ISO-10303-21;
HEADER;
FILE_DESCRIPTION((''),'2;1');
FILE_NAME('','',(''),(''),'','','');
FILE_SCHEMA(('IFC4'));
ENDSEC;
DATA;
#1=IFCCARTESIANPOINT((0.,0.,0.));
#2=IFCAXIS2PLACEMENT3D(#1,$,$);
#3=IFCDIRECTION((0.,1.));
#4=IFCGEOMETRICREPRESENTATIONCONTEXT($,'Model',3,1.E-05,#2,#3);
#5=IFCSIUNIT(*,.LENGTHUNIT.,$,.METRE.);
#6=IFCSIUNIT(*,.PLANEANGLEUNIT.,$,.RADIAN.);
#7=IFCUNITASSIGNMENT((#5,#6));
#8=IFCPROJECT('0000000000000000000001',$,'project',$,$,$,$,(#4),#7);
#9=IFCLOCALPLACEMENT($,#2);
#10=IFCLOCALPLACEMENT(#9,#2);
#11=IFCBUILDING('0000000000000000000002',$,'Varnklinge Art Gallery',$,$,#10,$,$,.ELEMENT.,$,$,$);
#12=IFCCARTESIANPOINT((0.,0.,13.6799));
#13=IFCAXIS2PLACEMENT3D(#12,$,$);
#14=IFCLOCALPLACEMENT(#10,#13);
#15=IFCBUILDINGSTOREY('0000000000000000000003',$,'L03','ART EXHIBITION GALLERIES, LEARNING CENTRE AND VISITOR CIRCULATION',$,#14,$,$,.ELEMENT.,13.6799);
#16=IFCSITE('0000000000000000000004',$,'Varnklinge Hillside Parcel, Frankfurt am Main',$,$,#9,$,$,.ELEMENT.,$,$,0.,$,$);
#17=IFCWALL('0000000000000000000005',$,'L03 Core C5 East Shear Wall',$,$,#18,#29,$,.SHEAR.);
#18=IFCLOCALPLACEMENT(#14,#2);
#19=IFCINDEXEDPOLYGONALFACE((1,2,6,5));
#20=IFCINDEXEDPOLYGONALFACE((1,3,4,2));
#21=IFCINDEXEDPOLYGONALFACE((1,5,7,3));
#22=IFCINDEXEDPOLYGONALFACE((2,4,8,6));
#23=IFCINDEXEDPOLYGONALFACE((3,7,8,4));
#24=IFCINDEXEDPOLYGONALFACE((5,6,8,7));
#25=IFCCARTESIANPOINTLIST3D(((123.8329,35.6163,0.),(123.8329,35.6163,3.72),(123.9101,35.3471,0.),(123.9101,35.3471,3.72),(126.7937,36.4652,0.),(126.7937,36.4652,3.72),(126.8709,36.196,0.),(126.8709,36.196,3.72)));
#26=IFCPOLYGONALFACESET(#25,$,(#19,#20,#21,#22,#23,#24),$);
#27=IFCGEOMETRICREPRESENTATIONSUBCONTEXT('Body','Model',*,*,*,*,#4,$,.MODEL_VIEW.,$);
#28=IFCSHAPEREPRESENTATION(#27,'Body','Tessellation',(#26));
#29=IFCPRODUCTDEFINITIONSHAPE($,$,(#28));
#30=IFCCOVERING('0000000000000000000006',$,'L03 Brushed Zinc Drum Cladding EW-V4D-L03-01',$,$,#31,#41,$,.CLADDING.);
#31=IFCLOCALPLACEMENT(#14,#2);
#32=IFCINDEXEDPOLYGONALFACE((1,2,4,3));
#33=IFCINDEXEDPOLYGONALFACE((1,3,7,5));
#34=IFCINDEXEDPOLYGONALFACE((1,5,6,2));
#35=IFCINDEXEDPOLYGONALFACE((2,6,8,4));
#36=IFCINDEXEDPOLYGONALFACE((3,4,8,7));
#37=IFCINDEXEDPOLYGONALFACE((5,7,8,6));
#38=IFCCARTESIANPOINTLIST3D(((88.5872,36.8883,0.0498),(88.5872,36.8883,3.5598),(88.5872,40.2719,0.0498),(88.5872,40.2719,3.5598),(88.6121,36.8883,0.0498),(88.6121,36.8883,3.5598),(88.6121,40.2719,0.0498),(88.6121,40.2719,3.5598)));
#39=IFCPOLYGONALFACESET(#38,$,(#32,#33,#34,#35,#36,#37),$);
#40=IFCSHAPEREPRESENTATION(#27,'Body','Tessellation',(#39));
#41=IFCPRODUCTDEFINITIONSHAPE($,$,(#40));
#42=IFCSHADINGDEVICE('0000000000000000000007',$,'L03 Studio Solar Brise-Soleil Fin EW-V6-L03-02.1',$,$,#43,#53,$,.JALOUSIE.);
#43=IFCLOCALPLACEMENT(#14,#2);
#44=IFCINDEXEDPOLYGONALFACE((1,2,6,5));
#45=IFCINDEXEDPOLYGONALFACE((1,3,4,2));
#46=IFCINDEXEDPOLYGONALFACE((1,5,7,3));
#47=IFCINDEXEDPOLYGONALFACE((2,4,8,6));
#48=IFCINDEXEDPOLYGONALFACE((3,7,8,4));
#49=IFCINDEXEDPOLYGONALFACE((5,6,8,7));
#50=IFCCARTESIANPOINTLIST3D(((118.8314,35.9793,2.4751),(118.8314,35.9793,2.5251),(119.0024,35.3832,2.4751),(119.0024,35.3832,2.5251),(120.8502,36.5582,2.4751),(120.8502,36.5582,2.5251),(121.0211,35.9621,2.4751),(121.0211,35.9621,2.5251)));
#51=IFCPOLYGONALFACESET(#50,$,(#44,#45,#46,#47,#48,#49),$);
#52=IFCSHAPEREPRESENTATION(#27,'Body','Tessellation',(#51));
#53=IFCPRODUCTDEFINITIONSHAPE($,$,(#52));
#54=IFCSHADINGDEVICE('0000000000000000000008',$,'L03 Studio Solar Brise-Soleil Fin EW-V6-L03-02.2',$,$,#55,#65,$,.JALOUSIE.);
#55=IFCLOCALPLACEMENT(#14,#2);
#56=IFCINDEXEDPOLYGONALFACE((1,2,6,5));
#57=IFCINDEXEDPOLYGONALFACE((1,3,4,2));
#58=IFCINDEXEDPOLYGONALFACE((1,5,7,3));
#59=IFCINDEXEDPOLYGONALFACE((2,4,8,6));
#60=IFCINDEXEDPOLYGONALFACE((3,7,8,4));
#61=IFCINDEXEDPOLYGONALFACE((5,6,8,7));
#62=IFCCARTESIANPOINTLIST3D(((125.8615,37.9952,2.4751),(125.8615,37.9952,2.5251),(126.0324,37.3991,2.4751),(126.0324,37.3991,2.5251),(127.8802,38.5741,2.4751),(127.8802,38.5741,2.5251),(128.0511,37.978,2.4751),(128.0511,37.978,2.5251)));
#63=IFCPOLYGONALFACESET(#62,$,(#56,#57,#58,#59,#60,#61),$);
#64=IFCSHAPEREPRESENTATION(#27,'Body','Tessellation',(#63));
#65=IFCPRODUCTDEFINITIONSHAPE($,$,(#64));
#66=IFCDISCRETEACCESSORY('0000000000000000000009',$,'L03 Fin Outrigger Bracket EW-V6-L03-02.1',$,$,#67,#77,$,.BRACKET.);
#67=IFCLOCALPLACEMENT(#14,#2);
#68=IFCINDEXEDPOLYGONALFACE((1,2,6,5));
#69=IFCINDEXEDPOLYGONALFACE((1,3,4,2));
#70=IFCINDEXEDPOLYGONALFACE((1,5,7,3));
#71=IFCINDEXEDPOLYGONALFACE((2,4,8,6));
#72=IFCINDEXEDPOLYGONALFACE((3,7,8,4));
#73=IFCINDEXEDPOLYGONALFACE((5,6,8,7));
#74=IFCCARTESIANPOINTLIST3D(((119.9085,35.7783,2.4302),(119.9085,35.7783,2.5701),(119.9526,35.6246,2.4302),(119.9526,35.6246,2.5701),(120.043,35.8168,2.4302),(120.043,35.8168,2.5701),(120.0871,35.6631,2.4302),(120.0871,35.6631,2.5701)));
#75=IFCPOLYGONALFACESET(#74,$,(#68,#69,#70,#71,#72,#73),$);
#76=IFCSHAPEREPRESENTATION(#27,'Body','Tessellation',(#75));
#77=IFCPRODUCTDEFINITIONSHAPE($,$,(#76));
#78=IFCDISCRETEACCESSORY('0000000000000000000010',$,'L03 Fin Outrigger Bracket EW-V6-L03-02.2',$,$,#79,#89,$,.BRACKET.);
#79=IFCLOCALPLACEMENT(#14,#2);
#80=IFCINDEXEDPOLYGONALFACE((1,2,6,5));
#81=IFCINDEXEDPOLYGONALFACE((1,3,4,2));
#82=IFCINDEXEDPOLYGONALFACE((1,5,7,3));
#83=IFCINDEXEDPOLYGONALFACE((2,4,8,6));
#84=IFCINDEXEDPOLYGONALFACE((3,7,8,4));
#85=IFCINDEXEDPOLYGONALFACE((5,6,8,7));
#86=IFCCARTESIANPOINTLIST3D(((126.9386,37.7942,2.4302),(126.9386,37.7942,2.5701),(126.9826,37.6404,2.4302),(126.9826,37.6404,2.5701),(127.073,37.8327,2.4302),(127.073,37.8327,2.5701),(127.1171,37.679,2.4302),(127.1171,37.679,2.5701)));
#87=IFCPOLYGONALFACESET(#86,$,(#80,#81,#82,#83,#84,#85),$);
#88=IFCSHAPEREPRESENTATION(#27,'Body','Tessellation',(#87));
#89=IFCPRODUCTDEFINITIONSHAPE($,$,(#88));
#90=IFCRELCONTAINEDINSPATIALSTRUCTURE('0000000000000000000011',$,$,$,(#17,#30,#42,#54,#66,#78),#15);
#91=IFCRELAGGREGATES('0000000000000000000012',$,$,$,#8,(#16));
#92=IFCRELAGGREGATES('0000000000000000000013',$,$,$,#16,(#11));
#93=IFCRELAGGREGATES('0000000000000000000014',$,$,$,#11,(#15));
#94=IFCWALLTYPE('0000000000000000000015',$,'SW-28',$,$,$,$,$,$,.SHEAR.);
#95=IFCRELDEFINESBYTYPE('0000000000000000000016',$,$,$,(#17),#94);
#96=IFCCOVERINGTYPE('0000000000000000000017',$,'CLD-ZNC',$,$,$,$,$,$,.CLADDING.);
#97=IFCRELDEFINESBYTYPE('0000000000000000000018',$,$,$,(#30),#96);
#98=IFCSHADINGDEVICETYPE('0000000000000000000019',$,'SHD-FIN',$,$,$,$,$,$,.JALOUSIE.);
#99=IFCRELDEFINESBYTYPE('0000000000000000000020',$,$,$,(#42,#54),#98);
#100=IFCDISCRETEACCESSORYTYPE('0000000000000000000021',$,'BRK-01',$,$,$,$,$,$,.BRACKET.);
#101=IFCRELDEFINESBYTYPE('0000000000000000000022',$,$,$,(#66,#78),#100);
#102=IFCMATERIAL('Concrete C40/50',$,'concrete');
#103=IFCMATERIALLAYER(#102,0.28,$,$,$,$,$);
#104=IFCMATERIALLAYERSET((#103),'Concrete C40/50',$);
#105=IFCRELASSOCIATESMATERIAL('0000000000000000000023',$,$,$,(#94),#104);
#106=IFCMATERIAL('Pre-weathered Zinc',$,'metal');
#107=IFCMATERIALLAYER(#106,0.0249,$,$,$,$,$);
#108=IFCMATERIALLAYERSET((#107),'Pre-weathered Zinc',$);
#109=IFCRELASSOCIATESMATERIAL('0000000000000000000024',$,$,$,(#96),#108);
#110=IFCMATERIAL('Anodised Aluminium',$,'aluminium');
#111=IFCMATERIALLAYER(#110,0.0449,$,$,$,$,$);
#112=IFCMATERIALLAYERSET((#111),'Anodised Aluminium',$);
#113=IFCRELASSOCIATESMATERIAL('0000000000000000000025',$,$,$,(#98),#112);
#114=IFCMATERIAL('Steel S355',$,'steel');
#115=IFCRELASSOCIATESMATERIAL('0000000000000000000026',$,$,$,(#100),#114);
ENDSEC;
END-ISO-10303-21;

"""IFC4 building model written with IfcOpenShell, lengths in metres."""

from ifc_helpers import new_model, si_unit, direction, frame, frame_2d, origin, origin_2d, place, context, subcontext, project, spatial, rectangle, extrude, material, layer, layer_set, type_object, element, save


model = new_model("IFC4")

# Units and contexts
model_context = context("Model", 3, precision=1e-05, world=origin(), true_north=direction((0.0, 1.0)))
body_context = subcontext(model_context, "Body", "Model", "MODEL_VIEW")
ifc_project = project(units=[si_unit("LENGTHUNIT", "METRE"), si_unit("PLANEANGLEUNIT", "RADIAN")], contexts=[model_context])

# Site, building, storey
site_placement = place(None, origin())
site = spatial("IfcSite", under=ifc_project, at=site_placement, Name="Varnklinge Hillside Parcel, Frankfurt am Main", CompositionType="ELEMENT", RefElevation=0.0)
building_placement = place(site_placement, origin())
building = spatial("IfcBuilding", under=site, at=building_placement, Name="Varnklinge Art Gallery", CompositionType="ELEMENT")
storey_placement = place(building_placement, frame((0.0, 0.0, 13.6799)))
storey = spatial("IfcBuildingStorey", under=building, at=storey_placement, Name="L03", Description="ART EXHIBITION GALLERIES, LEARNING CENTRE AND VISITOR CIRCULATION", CompositionType="ELEMENT", Elevation=13.6799)

# Wall
ifc_material_1 = material(Name="Concrete C40/50", Category="concrete")
ifc_layer_1 = layer(ifc_material_1, 0.28)
ifc_layer_set_1 = layer_set([ifc_layer_1], Name="Concrete C40/50")
wall_type_1 = type_object("IfcWallType", Name="SW-28", PredefinedType="SHEAR", material=ifc_layer_set_1)
wall_1_placement = place(storey_placement, frame((126.8323, 36.3306, 0.0), z_axis=(0.0, 0.0, 1.0), x_axis=(-0.961269, -0.275611, 0.0)))
element("IfcWall", 1, at=wall_1_placement, inside=storey, type_object=wall_type_1, Name="L03 Core C5 East Shear Wall", PredefinedType="SHEAR", context=body_context, shape_type="SweptSolid", body=[
    extrude(rectangle(XDim=3.0801, YDim=0.28, at=frame_2d((1.54, 0.0))), origin(), (0.0, 0.0, 1.0), 3.72),
])

# Covering
ifc_material_2 = material(Name="Pre-weathered Zinc", Category="metal")
ifc_layer_2 = layer(ifc_material_2, 0.0249)
ifc_layer_set_2 = layer_set([ifc_layer_2], Name="Pre-weathered Zinc")
covering_type = type_object("IfcCoveringType", Name="CLD-ZNC", PredefinedType="CLADDING", material=ifc_layer_set_2)
covering_placement = place(storey_placement, frame((88.5996, 38.5801, 0.0498), z_axis=(0.0, 0.0, 1.0), x_axis=(0.0, -1.0, 0.0)))
element("IfcCovering", 2, at=covering_placement, inside=storey, type_object=covering_type, Name="L03 Brushed Zinc Drum Cladding EW-V4D-L03-01", PredefinedType="CLADDING", context=body_context, shape_type="SweptSolid", body=[
    extrude(rectangle(XDim=3.3835, YDim=0.0249, at=origin_2d()), origin(), (0.0, 0.0, 1.0), 3.51),
])

# Shading devices
ifc_material_3 = material(Name="Anodised Aluminium", Category="aluminium")
ifc_layer_3 = layer(ifc_material_3, 0.0449)
ifc_layer_set_3 = layer_set([ifc_layer_3], Name="Anodised Aluminium")
shading_device_type = type_object("IfcShadingDeviceType", Name="SHD-FIN", PredefinedType="JALOUSIE", material=ifc_layer_set_3)
for number, where, z_axis, x_axis, name in (
    (3, (119.9263, 35.9707, 2.4751), (0.0, 0.0, 1.0), (0.961262, 0.275637, 0.0), "L03 Studio Solar Brise-Soleil Fin EW-V6-L03-02.1"),
    (4, (126.9563, 37.9866, 2.4751), (0.0, 0.0, 1.0), (0.961262, 0.275637, 0.0), "L03 Studio Solar Brise-Soleil Fin EW-V6-L03-02.2"),
):
    element("IfcShadingDevice", number, at=place(storey_placement, frame(where, z_axis=z_axis, x_axis=x_axis)), inside=storey, type_object=shading_device_type, Name=name, PredefinedType="JALOUSIE", context=body_context, shape_type="SweptSolid", body=[
        extrude(rectangle(XDim=2.1001, YDim=0.6201, at=origin_2d()), origin(), (0.0, 0.0, 1.0), 0.05),
    ])

# Discrete accessories
ifc_material_4 = material(Name="Steel S355", Category="steel")
discrete_accessory_type = type_object("IfcDiscreteAccessoryType", Name="BRK-01", PredefinedType="BRACKET", material=ifc_material_4)
for number, where, z_axis, x_axis, name in (
    (5, (119.9978, 35.7207, 2.4302), (0.0, 0.0, 1.0), (0.961262, 0.275637, 0.0), "L03 Fin Outrigger Bracket EW-V6-L03-02.1"),
    (6, (127.0278, 37.7366, 2.4302), (0.0, 0.0, 1.0), (0.961262, 0.275637, 0.0), "L03 Fin Outrigger Bracket EW-V6-L03-02.2"),
):
    element("IfcDiscreteAccessory", number, at=place(storey_placement, frame(where, z_axis=z_axis, x_axis=x_axis)), inside=storey, type_object=discrete_accessory_type, Name=name, PredefinedType="BRACKET", context=body_context, shape_type="SweptSolid", body=[
        extrude(rectangle(XDim=0.1399, YDim=0.1599, at=origin_2d()), origin(), (0.0, 0.0, 1.0), 0.1399),
    ])

save(model, "model.ifc")
